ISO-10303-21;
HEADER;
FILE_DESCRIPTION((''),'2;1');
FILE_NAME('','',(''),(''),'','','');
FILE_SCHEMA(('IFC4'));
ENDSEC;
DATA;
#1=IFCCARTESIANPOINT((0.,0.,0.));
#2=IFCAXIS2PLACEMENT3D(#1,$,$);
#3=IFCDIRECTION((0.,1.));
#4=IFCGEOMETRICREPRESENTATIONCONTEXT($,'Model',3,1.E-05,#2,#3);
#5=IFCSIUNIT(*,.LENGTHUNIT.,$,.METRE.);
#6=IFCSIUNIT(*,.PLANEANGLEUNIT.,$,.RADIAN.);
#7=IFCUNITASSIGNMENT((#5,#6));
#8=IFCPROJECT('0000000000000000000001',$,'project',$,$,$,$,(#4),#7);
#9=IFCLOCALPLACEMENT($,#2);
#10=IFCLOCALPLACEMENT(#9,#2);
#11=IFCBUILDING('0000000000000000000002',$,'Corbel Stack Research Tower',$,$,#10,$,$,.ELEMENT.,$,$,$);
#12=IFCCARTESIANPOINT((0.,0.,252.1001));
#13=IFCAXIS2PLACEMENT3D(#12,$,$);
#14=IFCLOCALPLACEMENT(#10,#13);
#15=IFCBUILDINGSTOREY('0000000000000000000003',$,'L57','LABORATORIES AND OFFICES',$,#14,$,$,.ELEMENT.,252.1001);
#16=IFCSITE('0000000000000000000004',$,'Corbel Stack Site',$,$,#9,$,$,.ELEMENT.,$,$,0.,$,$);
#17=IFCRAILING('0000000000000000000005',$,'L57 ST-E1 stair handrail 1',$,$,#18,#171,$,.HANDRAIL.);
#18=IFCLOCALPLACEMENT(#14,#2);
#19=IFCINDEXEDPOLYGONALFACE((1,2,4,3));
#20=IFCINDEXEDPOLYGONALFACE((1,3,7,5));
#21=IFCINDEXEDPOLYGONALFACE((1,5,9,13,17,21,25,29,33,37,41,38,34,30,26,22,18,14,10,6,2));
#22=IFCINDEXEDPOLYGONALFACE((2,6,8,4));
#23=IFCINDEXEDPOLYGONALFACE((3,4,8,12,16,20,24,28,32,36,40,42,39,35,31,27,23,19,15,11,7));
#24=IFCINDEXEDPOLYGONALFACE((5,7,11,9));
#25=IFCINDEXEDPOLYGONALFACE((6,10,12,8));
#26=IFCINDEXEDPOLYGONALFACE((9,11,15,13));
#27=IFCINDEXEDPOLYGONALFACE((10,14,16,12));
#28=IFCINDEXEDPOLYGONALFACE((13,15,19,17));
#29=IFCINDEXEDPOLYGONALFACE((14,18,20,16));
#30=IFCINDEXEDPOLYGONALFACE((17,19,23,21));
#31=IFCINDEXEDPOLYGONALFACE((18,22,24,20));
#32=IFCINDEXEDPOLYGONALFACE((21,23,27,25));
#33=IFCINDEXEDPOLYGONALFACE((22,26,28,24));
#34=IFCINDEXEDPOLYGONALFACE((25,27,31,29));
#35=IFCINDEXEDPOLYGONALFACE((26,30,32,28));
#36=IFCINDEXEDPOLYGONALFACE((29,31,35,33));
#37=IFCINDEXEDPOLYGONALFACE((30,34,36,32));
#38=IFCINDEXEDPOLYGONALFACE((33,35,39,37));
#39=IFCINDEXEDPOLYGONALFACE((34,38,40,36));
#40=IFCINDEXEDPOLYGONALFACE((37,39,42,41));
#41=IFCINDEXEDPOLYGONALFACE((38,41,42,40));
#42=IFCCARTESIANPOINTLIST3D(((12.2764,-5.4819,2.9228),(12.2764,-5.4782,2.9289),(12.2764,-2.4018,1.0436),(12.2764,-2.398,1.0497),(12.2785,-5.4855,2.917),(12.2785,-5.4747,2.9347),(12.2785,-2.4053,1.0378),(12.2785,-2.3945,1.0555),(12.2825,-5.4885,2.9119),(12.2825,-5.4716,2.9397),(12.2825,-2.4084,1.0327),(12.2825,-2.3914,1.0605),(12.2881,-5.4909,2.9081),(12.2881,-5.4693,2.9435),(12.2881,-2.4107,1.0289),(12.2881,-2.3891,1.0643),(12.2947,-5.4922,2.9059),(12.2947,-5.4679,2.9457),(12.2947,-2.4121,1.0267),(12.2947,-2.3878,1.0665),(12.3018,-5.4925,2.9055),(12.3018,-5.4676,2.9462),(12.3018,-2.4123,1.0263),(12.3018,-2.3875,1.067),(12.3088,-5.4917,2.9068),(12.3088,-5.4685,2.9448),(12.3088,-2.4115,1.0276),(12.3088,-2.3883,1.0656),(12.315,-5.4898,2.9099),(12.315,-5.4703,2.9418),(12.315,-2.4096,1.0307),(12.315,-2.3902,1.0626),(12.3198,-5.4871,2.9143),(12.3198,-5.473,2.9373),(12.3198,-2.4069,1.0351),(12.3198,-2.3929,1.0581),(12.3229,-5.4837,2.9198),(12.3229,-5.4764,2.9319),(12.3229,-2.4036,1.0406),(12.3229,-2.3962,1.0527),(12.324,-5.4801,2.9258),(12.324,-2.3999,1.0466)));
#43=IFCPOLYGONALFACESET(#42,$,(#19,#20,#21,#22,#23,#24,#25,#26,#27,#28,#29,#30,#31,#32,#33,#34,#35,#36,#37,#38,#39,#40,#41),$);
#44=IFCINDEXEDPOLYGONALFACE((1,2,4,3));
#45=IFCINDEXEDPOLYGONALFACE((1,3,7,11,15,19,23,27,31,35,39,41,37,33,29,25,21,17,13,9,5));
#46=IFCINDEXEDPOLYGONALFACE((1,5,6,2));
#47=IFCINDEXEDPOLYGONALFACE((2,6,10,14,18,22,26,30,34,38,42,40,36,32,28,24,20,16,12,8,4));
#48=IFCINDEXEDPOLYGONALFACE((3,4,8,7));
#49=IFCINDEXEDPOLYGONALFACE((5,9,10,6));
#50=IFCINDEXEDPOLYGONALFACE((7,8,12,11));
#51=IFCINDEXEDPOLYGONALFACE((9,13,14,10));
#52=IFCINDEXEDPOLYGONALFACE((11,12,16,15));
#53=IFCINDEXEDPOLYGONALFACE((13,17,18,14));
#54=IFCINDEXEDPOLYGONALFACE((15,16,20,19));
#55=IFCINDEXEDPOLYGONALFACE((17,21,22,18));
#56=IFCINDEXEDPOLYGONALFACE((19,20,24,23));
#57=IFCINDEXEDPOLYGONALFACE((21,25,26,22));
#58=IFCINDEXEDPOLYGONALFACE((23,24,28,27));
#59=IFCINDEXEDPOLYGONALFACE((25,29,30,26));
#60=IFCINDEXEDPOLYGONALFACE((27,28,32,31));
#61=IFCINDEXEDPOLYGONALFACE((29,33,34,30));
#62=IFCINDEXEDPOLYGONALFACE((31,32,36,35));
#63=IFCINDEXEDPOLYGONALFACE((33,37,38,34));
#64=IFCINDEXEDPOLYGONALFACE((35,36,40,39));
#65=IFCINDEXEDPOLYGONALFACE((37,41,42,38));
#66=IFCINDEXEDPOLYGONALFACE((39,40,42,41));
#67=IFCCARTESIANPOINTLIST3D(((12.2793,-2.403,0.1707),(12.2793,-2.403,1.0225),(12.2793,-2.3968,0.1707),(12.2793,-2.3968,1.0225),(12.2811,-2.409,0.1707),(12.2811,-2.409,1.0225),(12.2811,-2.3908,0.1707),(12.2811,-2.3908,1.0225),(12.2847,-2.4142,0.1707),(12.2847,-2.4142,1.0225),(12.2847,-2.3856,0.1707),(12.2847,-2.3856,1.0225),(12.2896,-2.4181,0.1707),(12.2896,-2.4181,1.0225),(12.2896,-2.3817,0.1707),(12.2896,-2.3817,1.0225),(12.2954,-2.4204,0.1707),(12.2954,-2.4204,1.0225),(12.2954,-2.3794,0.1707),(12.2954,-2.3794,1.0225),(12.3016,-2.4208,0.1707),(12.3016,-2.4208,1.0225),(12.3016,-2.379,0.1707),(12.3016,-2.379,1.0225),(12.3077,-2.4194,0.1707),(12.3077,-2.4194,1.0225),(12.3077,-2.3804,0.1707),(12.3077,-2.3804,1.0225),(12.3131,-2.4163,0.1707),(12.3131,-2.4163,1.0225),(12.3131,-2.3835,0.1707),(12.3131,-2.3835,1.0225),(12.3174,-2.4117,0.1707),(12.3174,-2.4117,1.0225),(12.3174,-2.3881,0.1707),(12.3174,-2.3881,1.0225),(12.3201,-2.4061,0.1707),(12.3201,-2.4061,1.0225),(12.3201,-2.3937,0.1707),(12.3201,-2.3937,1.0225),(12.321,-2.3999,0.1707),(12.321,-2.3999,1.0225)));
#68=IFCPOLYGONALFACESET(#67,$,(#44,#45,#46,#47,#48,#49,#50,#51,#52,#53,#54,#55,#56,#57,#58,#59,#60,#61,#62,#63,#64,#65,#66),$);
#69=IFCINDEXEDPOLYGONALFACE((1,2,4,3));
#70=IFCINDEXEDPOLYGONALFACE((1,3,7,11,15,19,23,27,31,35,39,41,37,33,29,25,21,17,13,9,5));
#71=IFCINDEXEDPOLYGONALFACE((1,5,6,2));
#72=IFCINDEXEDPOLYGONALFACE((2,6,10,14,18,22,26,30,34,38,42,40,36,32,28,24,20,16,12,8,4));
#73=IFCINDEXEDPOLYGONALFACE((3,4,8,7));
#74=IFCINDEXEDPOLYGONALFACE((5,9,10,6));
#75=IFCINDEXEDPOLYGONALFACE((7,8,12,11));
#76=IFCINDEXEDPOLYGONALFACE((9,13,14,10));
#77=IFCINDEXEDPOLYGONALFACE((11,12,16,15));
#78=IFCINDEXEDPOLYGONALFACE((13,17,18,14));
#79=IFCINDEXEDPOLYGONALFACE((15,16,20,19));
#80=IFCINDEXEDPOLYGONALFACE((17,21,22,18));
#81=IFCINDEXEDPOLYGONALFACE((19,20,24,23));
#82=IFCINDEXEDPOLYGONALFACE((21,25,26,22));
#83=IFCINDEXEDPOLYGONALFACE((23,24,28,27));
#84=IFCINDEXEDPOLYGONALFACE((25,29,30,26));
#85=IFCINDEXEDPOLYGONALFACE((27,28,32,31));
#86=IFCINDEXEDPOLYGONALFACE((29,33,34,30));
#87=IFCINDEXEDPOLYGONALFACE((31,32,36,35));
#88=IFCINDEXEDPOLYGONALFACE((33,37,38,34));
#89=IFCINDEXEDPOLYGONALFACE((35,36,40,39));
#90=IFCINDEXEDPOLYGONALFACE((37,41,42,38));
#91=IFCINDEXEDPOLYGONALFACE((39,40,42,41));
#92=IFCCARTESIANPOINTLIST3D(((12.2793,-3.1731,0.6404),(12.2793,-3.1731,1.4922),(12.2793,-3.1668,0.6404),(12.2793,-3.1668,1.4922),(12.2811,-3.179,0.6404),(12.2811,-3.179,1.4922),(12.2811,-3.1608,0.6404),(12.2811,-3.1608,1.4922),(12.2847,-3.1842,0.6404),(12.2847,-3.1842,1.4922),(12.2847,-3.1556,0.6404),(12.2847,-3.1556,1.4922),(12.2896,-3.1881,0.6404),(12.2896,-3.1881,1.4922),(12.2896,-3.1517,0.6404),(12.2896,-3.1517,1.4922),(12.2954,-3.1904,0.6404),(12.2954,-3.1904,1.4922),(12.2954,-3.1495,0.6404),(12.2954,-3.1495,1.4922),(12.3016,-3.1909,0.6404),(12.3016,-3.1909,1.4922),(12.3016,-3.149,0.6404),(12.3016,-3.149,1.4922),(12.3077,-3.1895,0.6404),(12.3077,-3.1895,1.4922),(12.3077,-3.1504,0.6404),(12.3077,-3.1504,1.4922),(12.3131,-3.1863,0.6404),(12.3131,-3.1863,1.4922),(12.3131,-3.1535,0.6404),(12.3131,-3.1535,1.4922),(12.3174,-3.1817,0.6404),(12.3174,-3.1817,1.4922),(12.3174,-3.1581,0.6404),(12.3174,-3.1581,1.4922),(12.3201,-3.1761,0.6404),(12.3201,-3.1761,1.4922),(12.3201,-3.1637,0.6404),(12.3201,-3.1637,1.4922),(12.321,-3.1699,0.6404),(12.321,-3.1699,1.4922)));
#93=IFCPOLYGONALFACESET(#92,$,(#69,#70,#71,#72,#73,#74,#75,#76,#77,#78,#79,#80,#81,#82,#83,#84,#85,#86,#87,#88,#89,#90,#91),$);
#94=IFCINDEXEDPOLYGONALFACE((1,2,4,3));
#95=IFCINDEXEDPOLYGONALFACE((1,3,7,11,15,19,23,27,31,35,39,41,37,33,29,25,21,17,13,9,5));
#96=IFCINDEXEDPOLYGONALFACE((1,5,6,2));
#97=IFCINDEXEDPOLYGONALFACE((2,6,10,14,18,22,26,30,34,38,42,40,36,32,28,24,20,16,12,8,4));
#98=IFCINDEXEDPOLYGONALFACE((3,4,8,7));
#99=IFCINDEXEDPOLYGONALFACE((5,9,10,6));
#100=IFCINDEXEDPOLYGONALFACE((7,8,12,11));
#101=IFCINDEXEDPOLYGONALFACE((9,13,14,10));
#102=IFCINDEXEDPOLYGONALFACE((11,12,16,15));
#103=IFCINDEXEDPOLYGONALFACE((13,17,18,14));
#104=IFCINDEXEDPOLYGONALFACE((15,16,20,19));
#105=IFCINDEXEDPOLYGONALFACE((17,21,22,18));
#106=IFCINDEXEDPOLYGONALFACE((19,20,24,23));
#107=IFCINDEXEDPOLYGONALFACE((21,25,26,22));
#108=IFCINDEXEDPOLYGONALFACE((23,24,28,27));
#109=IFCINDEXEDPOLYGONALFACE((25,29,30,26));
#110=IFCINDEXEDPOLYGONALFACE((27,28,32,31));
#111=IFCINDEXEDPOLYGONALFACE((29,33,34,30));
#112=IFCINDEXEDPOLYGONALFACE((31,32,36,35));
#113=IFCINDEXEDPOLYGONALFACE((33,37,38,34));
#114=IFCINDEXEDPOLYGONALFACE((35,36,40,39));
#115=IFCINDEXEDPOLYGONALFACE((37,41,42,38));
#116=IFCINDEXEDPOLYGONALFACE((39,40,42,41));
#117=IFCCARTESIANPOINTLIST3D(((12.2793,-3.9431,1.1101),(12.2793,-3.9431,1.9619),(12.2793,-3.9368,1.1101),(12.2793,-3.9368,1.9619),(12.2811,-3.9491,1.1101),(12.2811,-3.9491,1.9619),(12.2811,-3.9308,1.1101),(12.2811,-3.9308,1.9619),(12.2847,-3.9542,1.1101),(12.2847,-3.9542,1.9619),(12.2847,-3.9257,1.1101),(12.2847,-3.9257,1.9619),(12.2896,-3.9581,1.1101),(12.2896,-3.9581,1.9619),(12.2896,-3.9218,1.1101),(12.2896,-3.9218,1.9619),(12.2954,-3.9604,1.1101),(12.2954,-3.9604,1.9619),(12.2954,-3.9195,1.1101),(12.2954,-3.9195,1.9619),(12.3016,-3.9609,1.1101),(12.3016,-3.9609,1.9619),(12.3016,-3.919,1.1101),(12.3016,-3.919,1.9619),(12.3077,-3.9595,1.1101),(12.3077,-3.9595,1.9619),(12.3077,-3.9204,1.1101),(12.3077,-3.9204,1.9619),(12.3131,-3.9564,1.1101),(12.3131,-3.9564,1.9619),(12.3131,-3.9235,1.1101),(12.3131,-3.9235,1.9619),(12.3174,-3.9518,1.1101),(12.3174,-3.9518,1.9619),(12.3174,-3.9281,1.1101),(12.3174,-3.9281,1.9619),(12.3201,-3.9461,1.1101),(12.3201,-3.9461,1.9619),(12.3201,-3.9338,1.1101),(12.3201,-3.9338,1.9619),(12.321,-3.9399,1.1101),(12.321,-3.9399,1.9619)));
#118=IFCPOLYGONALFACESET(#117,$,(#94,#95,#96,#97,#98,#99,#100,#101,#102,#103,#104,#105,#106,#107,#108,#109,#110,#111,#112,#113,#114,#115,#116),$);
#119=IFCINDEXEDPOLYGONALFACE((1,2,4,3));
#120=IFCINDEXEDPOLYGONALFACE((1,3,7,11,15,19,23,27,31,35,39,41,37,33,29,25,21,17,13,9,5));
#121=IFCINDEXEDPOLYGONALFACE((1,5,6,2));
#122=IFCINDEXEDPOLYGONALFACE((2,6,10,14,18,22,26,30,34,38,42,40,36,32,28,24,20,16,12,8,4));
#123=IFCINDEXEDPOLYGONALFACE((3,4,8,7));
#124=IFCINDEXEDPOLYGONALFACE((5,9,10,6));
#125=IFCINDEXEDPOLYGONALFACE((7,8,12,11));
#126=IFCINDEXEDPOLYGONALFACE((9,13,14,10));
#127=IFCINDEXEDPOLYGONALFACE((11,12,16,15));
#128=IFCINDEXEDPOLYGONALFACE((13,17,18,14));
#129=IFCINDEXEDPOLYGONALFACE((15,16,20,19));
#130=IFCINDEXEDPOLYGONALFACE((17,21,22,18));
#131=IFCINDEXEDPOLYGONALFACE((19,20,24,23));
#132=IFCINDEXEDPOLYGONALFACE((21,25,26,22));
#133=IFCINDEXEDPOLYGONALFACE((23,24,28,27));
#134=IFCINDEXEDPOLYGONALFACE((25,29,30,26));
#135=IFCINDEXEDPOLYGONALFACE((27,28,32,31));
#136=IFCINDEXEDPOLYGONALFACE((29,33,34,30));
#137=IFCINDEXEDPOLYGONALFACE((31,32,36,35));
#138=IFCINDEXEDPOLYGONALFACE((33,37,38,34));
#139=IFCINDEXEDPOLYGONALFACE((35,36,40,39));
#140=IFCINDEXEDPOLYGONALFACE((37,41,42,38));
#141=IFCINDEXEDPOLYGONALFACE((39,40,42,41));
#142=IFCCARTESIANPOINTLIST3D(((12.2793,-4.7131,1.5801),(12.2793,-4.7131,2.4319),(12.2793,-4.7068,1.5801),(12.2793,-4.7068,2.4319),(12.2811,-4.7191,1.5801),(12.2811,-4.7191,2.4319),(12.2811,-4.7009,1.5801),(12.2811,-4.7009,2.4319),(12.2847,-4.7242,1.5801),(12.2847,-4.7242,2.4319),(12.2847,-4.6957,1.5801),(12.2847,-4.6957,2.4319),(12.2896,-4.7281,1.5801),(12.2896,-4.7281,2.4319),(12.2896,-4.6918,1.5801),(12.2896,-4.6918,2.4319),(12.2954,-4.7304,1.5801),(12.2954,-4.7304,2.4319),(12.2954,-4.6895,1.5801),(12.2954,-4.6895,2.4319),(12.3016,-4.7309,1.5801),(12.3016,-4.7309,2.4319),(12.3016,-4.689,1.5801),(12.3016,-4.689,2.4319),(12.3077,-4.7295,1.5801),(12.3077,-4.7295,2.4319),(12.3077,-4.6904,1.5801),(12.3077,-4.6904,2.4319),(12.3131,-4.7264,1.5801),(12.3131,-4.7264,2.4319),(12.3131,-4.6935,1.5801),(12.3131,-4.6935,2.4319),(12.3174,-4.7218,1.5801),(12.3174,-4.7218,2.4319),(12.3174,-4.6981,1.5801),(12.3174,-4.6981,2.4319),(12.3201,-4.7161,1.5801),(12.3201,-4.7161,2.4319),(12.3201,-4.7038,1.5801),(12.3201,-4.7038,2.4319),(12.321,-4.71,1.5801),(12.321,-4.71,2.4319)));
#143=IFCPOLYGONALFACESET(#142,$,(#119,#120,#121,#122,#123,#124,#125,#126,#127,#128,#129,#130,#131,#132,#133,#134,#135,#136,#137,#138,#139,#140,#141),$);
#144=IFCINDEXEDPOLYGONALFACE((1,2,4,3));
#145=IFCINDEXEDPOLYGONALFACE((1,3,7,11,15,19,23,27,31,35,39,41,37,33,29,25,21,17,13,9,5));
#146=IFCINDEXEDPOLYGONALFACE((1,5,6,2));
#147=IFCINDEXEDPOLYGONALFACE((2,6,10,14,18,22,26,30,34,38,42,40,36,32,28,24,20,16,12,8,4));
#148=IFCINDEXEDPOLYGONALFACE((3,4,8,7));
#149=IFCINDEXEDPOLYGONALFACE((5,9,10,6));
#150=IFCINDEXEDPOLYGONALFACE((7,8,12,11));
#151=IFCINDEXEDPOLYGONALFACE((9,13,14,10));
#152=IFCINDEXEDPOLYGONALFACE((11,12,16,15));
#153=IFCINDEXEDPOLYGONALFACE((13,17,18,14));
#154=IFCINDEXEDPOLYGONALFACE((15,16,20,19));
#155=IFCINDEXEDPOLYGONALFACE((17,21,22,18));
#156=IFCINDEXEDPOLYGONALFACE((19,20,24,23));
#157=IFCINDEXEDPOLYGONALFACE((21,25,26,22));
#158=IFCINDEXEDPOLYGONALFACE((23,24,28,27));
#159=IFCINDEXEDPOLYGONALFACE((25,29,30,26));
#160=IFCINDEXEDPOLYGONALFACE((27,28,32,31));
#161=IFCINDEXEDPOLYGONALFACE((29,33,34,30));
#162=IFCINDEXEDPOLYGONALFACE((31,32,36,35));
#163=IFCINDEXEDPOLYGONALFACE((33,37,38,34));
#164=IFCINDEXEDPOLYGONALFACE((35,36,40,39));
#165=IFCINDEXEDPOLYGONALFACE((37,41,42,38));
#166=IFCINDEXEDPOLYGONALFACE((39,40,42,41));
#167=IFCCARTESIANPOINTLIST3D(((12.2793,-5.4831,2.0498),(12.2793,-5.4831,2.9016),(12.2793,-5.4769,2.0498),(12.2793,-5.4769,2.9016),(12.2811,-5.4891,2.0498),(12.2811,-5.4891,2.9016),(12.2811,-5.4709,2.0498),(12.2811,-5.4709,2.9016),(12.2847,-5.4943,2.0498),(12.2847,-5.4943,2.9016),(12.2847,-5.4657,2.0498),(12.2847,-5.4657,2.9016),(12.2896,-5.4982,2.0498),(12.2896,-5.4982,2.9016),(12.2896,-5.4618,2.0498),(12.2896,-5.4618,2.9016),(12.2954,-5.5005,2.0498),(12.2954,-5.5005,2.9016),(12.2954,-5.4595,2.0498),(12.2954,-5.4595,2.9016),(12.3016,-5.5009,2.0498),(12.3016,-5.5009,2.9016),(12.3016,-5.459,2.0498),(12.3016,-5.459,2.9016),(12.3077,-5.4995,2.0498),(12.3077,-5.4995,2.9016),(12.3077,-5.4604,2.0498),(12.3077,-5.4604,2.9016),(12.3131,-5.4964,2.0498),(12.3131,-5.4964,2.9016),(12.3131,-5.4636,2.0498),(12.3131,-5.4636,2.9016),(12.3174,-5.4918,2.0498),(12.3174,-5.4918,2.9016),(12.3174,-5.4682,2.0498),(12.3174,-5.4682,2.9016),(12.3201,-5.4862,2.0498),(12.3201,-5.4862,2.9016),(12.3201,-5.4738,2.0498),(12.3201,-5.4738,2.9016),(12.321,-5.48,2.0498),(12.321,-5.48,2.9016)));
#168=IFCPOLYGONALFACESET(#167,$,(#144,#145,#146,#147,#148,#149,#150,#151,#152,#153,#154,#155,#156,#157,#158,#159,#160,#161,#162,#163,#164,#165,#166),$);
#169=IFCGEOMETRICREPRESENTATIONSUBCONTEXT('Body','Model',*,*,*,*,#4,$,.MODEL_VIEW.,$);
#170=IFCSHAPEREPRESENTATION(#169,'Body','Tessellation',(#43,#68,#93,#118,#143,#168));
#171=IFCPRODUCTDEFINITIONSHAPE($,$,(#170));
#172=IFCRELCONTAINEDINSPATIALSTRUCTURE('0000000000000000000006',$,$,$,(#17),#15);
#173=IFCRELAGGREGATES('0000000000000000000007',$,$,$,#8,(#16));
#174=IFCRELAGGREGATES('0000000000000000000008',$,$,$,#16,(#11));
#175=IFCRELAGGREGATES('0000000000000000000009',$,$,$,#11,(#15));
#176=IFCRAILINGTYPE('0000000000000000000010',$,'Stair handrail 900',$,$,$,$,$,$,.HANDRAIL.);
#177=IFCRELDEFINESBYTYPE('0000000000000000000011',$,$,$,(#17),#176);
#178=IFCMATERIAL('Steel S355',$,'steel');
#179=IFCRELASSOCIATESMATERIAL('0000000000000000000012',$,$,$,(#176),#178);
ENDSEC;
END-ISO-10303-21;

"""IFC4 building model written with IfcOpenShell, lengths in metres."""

from ifc_helpers import new_model, si_unit, direction, frame, origin, origin_2d, place, context, subcontext, project, spatial, circle, extrude, material, type_object, element, save


model = new_model("IFC4")

# Units and contexts
model_context = context("Model", 3, precision=1e-05, world=origin(), true_north=direction((0.0, 1.0)))
body_context = subcontext(model_context, "Body", "Model", "MODEL_VIEW")
ifc_project = project(units=[si_unit("LENGTHUNIT", "METRE"), si_unit("PLANEANGLEUNIT", "RADIAN")], contexts=[model_context])

# Site, building, storey
site_placement = place(None, origin())
site = spatial("IfcSite", under=ifc_project, at=site_placement, Name="Corbel Stack Site", CompositionType="ELEMENT", RefElevation=0.0)
building_placement = place(site_placement, origin())
building = spatial("IfcBuilding", under=site, at=building_placement, Name="Corbel Stack Research Tower", CompositionType="ELEMENT")
storey_placement = place(building_placement, frame((0.0, 0.0, 252.1001)))
storey = spatial("IfcBuildingStorey", under=building, at=storey_placement, Name="L57", Description="LABORATORIES AND OFFICES", CompositionType="ELEMENT", Elevation=252.1001)

# Railing
ifc_material_1 = material(Name="Steel S355", Category="steel")
railing_type_1 = type_object("IfcRailingType", Name="Stair handrail 900", PredefinedType="HANDRAIL", material=ifc_material_1)
railing_1_placement = place(storey_placement, frame((12.3, -2.3999, 0.1707)))
element("IfcRailing", 1, at=railing_1_placement, inside=storey, type_object=railing_type_1, Name="L57 ST-E1 stair handrail 1", PredefinedType="HANDRAIL", context=body_context, shape_type="SweptSolid", body=[
    extrude(circle(Radius=0.0239, at=origin_2d()), frame((0.0, 0.0, 0.876), z_axis=(0.0, -0.853666, 0.52082), x_axis=(1.0, 0.0, 0.0)), (0.0, 0.0, 1.0), 3.6082),
    extrude(circle(Radius=0.021, at=origin_2d()), origin(), (0.0, 0.0, 1.0), 0.8518),
    extrude(circle(Radius=0.021, at=origin_2d()), frame((0.0, -0.77, 0.4697)), (0.0, 0.0, 1.0), 0.8518),
    extrude(circle(Radius=0.021, at=origin_2d()), frame((0.0, -1.54, 0.9395)), (0.0, 0.0, 1.0), 0.8518),
    extrude(circle(Radius=0.021, at=origin_2d()), frame((0.0, -2.3101, 1.4094)), (0.0, 0.0, 1.0), 0.8518),
    extrude(circle(Radius=0.021, at=origin_2d()), frame((0.0, -3.0801, 1.8792)), (0.0, 0.0, 1.0), 0.8518),
])

save(model, "model.ifc")
